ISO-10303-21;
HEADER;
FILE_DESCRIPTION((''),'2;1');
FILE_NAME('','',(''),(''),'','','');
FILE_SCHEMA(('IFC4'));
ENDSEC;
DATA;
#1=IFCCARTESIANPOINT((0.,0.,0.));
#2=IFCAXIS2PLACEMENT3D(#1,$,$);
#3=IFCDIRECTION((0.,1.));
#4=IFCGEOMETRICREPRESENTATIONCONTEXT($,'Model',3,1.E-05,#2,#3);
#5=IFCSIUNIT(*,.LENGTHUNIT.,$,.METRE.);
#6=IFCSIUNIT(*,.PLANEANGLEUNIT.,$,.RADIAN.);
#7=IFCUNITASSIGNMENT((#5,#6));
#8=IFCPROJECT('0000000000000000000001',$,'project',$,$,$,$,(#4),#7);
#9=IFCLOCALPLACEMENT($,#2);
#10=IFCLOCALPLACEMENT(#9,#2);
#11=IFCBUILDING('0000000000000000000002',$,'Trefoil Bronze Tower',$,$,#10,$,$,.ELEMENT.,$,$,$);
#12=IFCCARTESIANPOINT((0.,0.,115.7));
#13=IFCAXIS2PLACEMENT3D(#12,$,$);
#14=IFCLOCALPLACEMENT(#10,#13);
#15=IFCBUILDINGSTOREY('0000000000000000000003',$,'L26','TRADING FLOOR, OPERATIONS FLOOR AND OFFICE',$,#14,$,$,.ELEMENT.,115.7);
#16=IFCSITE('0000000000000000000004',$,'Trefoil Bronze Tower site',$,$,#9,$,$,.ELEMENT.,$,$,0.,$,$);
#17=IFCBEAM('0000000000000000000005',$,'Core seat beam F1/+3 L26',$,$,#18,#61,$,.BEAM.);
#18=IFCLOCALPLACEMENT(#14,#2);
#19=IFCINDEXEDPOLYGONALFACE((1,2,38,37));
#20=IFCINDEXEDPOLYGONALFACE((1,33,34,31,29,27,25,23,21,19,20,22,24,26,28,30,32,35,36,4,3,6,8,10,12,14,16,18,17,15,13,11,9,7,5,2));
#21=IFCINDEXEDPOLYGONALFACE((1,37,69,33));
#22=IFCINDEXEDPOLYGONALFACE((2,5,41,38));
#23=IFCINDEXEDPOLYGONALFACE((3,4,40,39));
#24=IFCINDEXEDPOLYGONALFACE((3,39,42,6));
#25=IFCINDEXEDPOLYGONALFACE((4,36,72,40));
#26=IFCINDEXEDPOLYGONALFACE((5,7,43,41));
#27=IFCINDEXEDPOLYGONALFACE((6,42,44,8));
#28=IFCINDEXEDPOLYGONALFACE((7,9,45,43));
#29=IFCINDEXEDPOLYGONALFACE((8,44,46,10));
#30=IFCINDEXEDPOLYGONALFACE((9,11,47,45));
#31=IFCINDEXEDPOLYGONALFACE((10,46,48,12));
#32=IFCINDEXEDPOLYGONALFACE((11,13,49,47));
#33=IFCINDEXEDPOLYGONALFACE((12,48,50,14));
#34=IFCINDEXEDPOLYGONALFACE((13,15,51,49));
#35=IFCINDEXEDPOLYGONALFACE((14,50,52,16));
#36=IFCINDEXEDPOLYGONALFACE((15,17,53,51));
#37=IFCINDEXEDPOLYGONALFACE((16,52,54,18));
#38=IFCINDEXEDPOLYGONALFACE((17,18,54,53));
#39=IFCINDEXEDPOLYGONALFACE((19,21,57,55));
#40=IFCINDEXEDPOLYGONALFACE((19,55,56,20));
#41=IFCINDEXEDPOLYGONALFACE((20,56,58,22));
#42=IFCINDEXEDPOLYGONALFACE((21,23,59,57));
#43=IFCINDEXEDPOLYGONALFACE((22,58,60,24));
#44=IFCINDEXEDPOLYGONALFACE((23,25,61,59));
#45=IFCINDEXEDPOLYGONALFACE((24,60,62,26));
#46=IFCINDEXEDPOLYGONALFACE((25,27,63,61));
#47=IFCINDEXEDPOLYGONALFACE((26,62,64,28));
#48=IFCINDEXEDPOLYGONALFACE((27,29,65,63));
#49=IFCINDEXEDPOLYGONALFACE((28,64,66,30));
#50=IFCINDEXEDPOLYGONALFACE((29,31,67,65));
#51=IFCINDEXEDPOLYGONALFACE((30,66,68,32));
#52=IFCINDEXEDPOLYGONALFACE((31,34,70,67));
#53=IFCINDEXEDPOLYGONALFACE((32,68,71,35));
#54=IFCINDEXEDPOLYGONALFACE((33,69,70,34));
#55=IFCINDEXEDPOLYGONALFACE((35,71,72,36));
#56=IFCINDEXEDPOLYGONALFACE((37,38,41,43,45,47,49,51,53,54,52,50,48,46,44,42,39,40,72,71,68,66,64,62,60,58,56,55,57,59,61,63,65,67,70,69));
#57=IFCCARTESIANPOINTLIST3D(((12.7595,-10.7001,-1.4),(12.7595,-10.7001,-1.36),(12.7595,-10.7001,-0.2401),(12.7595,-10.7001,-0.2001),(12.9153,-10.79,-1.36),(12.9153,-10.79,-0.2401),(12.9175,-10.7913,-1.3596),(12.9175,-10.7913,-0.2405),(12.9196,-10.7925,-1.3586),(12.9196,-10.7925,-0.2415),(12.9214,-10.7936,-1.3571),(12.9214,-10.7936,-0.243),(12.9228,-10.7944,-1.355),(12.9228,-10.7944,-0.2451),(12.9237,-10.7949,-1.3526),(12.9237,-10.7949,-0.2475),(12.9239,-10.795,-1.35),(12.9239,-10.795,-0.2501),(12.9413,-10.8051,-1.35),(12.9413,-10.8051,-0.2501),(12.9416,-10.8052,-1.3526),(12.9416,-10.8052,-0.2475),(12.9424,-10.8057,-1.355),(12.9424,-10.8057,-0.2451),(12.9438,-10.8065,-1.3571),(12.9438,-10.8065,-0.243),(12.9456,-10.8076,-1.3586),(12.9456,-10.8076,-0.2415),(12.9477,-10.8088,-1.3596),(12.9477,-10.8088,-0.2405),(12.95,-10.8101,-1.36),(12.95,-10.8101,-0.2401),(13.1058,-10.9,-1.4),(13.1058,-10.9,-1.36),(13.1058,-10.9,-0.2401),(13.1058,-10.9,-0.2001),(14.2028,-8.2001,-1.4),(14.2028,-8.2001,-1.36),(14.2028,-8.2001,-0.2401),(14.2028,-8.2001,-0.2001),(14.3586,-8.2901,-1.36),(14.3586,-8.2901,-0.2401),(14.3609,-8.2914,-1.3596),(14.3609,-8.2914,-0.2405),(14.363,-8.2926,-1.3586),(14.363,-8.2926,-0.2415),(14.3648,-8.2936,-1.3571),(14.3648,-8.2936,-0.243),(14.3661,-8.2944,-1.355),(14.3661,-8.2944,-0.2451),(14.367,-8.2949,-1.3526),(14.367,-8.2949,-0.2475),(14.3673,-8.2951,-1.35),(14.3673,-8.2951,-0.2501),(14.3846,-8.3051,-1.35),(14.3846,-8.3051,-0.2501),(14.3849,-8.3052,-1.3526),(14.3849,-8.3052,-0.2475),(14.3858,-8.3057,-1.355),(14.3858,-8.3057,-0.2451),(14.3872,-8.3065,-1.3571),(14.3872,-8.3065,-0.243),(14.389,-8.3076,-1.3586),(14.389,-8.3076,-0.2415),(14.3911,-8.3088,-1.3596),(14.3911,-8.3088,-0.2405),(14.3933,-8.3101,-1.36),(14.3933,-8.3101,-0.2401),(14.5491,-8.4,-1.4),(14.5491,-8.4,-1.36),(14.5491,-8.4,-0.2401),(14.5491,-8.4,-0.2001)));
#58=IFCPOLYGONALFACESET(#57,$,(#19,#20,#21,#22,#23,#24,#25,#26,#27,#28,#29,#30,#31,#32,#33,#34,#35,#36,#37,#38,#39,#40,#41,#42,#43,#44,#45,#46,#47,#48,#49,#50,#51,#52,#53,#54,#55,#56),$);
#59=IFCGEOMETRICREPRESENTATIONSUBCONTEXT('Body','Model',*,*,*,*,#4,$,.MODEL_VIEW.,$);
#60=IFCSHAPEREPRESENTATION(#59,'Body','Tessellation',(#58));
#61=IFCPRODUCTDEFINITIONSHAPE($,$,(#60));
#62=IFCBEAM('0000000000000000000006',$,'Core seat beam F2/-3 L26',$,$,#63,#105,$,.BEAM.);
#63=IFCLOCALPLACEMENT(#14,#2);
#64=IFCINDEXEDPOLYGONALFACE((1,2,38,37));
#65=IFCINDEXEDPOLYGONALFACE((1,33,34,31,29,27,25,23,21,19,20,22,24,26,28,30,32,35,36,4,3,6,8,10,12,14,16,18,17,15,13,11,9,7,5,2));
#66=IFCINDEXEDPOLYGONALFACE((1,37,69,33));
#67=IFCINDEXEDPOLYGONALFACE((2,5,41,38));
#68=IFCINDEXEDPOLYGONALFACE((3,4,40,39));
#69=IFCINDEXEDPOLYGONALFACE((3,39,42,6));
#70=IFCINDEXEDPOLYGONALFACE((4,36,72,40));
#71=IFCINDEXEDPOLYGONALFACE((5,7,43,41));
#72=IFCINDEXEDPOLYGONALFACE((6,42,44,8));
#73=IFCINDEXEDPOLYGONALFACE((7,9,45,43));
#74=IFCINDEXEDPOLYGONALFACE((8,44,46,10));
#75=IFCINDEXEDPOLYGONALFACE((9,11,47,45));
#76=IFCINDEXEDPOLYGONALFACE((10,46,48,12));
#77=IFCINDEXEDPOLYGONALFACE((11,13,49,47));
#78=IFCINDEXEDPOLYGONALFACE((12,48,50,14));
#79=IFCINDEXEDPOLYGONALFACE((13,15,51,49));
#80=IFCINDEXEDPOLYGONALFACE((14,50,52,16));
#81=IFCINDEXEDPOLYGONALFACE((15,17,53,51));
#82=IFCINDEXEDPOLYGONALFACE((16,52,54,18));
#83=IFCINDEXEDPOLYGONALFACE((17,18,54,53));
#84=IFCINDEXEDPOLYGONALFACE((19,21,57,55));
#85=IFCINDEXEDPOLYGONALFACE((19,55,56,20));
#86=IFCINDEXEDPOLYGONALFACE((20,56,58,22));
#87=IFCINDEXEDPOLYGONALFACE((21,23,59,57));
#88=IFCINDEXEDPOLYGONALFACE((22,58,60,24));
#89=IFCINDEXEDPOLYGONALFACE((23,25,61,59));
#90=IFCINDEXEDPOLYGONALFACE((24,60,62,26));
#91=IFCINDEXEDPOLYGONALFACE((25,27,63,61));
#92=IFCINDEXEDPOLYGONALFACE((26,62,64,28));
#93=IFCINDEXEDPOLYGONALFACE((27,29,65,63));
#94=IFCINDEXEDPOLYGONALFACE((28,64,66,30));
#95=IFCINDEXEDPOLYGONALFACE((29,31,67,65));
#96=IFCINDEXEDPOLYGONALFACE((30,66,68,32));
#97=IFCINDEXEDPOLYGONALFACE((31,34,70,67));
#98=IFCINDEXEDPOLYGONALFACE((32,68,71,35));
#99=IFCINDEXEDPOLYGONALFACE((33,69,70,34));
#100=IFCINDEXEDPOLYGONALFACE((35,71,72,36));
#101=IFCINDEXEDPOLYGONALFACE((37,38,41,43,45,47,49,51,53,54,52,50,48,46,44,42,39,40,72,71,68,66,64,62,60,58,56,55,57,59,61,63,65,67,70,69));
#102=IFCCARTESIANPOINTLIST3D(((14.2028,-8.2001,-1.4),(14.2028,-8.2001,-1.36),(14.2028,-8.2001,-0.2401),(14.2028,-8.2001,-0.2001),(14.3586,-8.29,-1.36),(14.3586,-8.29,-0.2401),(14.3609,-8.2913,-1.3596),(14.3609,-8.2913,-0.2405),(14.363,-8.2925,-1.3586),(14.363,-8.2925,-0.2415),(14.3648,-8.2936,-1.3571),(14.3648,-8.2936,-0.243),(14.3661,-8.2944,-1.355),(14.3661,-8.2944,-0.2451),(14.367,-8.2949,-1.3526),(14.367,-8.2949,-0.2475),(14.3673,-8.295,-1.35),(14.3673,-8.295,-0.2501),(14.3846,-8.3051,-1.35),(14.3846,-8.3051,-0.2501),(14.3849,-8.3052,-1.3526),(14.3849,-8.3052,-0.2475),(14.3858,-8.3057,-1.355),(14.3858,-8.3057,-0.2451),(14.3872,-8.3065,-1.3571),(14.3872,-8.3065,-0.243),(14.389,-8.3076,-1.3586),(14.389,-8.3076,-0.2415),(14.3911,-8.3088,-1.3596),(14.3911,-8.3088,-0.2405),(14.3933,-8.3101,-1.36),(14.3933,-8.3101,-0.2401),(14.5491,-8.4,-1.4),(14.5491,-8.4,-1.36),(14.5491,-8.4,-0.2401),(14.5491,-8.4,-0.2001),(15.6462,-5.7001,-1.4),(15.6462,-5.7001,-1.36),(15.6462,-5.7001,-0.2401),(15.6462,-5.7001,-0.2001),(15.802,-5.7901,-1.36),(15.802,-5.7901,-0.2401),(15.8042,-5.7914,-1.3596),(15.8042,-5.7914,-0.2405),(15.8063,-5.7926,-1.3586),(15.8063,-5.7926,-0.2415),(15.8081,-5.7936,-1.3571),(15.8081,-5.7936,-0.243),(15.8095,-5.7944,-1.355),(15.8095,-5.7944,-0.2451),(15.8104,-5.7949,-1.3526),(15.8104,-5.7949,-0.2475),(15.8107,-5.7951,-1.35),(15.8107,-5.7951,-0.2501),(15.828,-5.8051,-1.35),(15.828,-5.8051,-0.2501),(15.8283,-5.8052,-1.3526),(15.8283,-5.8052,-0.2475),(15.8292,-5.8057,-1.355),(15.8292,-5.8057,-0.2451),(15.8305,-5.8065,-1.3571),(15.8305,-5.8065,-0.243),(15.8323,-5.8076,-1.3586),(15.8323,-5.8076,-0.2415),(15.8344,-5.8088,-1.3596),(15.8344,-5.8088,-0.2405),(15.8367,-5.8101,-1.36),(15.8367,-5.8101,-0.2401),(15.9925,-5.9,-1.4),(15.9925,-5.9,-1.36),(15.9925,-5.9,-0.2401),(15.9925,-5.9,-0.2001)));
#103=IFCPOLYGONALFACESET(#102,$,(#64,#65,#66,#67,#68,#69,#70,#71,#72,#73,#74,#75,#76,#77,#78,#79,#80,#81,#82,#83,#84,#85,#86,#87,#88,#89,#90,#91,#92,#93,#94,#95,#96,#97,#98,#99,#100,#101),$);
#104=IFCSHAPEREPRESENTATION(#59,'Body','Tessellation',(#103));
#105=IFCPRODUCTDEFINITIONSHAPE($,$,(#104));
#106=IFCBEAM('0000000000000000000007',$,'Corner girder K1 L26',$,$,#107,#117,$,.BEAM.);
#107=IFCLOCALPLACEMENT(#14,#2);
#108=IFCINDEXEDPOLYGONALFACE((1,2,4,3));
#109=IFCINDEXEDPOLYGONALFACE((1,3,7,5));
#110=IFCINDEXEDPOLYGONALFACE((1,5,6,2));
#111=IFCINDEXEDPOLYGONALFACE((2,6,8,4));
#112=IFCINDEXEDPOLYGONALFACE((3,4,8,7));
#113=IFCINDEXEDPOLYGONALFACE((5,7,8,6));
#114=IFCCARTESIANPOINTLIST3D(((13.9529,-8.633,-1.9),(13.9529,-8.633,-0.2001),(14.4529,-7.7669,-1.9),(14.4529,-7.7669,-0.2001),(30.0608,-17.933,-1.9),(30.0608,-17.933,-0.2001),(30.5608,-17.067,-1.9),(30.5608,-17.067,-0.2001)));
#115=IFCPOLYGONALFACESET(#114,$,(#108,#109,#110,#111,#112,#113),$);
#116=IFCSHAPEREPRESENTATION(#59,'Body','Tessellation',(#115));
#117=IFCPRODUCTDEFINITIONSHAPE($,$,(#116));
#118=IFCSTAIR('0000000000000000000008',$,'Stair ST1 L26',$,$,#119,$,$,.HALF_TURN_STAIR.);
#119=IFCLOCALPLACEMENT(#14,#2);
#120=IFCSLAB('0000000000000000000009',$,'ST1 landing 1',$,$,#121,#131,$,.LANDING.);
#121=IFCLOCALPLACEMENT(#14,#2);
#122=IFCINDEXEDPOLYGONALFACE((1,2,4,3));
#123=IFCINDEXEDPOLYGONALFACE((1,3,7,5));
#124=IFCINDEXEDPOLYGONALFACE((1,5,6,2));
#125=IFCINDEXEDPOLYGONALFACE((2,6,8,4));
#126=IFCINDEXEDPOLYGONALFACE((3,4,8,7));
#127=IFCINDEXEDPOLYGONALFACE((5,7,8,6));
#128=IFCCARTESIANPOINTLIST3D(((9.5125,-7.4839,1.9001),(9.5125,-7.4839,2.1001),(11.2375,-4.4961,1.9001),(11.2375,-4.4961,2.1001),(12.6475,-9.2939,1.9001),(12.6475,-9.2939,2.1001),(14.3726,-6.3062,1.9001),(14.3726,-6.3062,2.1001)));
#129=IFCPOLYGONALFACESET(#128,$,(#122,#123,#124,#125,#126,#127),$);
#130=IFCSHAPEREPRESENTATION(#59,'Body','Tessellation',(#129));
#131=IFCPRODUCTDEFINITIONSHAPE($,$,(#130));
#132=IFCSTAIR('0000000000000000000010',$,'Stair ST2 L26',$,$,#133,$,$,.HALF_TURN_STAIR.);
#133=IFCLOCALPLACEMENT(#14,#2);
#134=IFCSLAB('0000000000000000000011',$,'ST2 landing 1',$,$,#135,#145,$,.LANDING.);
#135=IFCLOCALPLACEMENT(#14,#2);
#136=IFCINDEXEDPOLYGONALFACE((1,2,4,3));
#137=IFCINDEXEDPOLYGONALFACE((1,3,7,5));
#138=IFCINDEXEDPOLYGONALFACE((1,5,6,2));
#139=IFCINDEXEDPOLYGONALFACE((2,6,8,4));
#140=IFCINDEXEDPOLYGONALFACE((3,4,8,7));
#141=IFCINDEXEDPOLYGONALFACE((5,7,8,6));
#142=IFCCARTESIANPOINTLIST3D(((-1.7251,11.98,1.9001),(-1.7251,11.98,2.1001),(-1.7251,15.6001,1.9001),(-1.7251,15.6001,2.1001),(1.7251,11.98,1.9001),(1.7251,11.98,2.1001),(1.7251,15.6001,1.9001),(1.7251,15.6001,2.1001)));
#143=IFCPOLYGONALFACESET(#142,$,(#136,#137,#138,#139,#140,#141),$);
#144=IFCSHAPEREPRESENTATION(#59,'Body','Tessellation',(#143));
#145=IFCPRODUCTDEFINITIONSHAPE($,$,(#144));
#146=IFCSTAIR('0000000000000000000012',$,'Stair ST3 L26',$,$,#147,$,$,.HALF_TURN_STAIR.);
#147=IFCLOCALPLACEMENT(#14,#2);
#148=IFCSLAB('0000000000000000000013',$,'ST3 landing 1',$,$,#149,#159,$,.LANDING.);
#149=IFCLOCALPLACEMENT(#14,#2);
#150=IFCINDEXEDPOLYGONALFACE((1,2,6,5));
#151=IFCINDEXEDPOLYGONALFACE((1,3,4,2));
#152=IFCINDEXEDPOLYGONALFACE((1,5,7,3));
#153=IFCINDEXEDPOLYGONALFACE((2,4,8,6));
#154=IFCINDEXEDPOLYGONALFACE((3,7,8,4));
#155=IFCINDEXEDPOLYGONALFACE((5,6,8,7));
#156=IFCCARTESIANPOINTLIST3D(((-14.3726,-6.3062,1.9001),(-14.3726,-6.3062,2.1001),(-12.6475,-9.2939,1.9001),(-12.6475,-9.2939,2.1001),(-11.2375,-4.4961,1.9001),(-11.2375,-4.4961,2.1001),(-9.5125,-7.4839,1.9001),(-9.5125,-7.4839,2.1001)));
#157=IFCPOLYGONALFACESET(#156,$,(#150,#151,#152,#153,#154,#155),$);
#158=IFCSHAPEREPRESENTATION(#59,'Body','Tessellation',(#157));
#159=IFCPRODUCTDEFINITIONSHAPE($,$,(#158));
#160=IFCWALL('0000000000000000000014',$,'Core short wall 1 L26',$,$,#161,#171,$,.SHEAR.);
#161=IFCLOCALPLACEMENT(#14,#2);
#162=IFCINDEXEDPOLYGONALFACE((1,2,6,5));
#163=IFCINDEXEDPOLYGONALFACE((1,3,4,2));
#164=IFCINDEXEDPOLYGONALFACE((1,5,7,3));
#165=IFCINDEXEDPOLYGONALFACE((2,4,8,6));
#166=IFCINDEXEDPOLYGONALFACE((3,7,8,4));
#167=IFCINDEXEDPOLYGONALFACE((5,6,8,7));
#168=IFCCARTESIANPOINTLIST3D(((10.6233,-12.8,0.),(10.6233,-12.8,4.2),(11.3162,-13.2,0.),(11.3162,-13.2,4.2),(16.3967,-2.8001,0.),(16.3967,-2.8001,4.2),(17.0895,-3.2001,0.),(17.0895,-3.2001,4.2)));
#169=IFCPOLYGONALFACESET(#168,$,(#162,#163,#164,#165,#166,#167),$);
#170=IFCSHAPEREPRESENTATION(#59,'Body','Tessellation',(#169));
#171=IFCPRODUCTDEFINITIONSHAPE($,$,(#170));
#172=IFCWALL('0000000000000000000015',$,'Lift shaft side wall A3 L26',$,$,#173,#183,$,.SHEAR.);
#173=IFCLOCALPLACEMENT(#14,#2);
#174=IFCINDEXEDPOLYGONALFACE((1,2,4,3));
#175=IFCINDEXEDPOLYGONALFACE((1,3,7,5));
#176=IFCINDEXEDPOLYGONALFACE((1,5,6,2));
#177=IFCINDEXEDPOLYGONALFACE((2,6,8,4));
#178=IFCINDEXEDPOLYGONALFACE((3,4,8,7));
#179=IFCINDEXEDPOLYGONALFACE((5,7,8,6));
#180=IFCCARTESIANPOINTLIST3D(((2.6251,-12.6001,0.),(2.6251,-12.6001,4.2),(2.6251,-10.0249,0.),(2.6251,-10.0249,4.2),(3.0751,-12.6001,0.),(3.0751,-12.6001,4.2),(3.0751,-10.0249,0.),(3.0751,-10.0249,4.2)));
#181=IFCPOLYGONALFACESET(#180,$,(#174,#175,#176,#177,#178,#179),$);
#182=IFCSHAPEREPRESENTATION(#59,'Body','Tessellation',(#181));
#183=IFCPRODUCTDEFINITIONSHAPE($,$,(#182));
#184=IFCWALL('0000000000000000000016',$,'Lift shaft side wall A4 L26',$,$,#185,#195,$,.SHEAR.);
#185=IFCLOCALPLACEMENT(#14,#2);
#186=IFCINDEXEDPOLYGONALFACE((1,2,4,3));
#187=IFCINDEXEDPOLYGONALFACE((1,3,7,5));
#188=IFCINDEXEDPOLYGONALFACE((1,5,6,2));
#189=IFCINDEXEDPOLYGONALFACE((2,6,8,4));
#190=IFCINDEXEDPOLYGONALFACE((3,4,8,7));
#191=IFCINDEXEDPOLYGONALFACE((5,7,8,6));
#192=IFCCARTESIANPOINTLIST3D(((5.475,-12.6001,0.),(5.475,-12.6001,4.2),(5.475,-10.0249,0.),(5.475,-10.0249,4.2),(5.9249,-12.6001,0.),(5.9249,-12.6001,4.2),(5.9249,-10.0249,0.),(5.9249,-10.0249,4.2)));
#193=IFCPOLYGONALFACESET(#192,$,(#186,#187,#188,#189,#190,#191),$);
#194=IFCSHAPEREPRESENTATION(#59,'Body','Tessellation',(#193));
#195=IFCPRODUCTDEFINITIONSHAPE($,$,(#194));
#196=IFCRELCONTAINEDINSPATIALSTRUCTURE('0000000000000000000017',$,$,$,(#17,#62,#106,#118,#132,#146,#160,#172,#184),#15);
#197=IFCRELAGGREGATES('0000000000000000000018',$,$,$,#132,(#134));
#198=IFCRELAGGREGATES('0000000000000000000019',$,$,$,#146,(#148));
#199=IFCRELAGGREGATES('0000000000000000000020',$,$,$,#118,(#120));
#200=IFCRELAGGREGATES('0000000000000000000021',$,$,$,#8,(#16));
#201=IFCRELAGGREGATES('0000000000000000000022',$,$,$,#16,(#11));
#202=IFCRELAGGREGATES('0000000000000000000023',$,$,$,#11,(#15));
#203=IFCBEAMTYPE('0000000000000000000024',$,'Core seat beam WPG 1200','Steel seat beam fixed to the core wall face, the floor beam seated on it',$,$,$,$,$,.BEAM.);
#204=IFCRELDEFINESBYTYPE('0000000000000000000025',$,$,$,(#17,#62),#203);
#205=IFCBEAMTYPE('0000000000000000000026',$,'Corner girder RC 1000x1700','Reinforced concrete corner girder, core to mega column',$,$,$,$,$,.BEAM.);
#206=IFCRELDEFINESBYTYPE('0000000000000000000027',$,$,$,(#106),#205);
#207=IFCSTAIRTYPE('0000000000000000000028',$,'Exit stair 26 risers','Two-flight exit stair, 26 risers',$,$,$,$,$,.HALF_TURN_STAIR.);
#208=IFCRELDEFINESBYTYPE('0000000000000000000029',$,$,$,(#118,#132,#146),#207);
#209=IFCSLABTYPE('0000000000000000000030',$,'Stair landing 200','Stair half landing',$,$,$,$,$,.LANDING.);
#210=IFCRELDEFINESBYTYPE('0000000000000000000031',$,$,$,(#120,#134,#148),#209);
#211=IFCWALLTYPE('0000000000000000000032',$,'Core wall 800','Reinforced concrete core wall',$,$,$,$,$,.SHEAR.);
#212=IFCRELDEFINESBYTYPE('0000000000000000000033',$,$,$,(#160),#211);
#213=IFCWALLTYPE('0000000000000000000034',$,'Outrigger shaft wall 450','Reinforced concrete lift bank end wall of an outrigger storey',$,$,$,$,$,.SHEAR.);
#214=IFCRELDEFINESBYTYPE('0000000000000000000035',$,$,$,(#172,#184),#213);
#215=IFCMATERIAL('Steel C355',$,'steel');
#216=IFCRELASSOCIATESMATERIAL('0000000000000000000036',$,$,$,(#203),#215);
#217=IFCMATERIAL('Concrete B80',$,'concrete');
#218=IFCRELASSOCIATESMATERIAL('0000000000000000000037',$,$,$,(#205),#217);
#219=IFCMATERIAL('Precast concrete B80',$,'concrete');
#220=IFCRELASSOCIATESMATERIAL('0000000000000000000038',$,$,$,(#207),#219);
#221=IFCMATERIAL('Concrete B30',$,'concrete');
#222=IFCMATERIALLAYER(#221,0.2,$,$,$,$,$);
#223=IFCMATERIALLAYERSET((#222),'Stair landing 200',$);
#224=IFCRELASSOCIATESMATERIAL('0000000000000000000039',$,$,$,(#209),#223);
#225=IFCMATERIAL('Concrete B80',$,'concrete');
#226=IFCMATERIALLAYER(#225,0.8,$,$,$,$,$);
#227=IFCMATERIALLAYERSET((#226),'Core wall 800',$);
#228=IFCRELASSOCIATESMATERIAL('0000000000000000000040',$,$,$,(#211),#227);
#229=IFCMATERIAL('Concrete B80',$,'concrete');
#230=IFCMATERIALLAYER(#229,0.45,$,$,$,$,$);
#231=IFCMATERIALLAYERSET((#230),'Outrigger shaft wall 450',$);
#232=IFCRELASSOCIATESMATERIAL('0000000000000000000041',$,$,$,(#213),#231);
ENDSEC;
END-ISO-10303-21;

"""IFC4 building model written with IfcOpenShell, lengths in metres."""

from ifc_helpers import new_model, si_unit, direction, frame, frame_2d, origin, origin_2d, place, context, subcontext, project, spatial, polyline, rectangle, i_section, outline, extrude, material, layer, layer_set, material_profile, profile_set, type_object, element, aggregate, save


model = new_model("IFC4")

# Units and contexts
model_context = context("Model", 3, precision=1e-05, world=origin(), true_north=direction((0.0, 1.0)))
body_context = subcontext(model_context, "Body", "Model", "MODEL_VIEW")
ifc_project = project(units=[si_unit("LENGTHUNIT", "METRE"), si_unit("PLANEANGLEUNIT", "RADIAN")], contexts=[model_context])

# Site, building, storey
site_placement = place(None, origin())
site = spatial("IfcSite", under=ifc_project, at=site_placement, Name="Trefoil Bronze Tower site", CompositionType="ELEMENT", RefElevation=0.0)
building_placement = place(site_placement, origin())
building = spatial("IfcBuilding", under=site, at=building_placement, Name="Trefoil Bronze Tower", CompositionType="ELEMENT")
storey_placement = place(building_placement, frame((0.0, 0.0, 115.7)))
storey = spatial("IfcBuildingStorey", under=building, at=storey_placement, Name="L26", Description="TRADING FLOOR, OPERATIONS FLOOR AND OFFICE", CompositionType="ELEMENT", Elevation=115.7)

# Beams
ifc_material_1 = material(Name="Steel C355", Category="steel")
ifc_material_profile_1 = material_profile(ifc_material_1, i_section(OverallWidth=0.3999, OverallDepth=1.2, WebThickness=0.02, FlangeThickness=0.04, FilletRadius=0.01, at=origin_2d()), Name="WPG 1200")
ifc_profile_set_1 = profile_set([ifc_material_profile_1], Name="Steel C355")
beam_type_1 = type_object("IfcBeamType", Name="Core seat beam WPG 1200", Description="Steel seat beam fixed to the core wall face, the floor beam seated on it", PredefinedType="BEAM", material=ifc_profile_set_1)
for number, where, z_axis, x_axis, name in (
    (1, (12.9326, -10.8, -0.8), (0.499996, 0.866028, 0.0), (-0.866028, 0.499996, 0.0), "Core seat beam F1/+3 L26"),
    (2, (14.376, -8.3, -0.8), (0.499996, 0.866028, 0.0), (-0.866028, 0.499996, 0.0), "Core seat beam F2/-3 L26"),
):
    element("IfcBeam", number, at=place(storey_placement, frame(where, z_axis=z_axis, x_axis=x_axis)), inside=storey, type_object=beam_type_1, Name=name, PredefinedType="BEAM", context=body_context, shape_type="SweptSolid", body=[
        extrude(i_section(OverallWidth=0.3999, OverallDepth=1.2, WebThickness=0.02, FlangeThickness=0.04, FilletRadius=0.01, at=origin_2d()), origin(), (0.0, 0.0, 1.0), 2.8867),
    ])
ifc_material_2 = material(Name="Concrete B80", Category="concrete")
ifc_material_profile_2 = material_profile(ifc_material_2, rectangle(XDim=1.0, YDim=1.7, at=origin_2d()), Name="RC 1000x1700")
ifc_profile_set_2 = profile_set([ifc_material_profile_2], Name="Concrete B80")
beam_type_2 = type_object("IfcBeamType", Name="Corner girder RC 1000x1700", Description="Reinforced concrete corner girder, core to mega column", PredefinedType="BEAM", material=ifc_profile_set_2)
beam_placement = place(storey_placement, frame((14.2029, -8.2, -1.05), z_axis=(0.866022, -0.500006, 0.0), x_axis=(0.500006, 0.866022, 0.0)))
element("IfcBeam", 3, at=beam_placement, inside=storey, type_object=beam_type_2, Name="Corner girder K1 L26", PredefinedType="BEAM", context=body_context, shape_type="SweptSolid", body=[
    extrude(rectangle(XDim=1.0, YDim=1.7, at=origin_2d()), origin(), (0.0, 0.0, 1.0), 18.5999),
])

# Stairs, slabs
ifc_material_3 = material(Name="Precast concrete B80", Category="concrete")
stair_type = type_object("IfcStairType", Name="Exit stair 26 risers", Description="Two-flight exit stair, 26 risers", PredefinedType="HALF_TURN_STAIR", material=ifc_material_3)
stair_1_placement = place(storey_placement, origin())
stair_1 = element("IfcStair", 4, at=stair_1_placement, inside=storey, type_object=stair_type, Name="Stair ST1 L26", PredefinedType="HALF_TURN_STAIR")
ifc_material_4 = material(Name="Concrete B30", Category="concrete")
ifc_layer_1 = layer(ifc_material_4, 0.2)
ifc_layer_set_1 = layer_set([ifc_layer_1], Name="Stair landing 200")
slab_type = type_object("IfcSlabType", Name="Stair landing 200", Description="Stair half landing", PredefinedType="LANDING", material=ifc_layer_set_1)
slab_1_placement = place(storey_placement, frame((0.0, 0.0, 1.9001)))
slab_1 = element("IfcSlab", 5, at=slab_1_placement, type_object=slab_type, Name="ST1 landing 1", PredefinedType="LANDING", context=body_context, shape_type="SweptSolid", body=[
    extrude(outline(polyline([(9.5125, -7.4839), (12.6475, -9.2939), (14.3726, -6.3062), (11.2375, -4.4961), (9.5125, -7.4839)])), origin(), (0.0, 0.0, 1.0), 0.2),
])
stair_2_placement = place(storey_placement, origin())
stair_2 = element("IfcStair", 6, at=stair_2_placement, inside=storey, type_object=stair_type, Name="Stair ST2 L26", PredefinedType="HALF_TURN_STAIR")
slab_2_placement = place(storey_placement, frame((0.0, 0.0, 1.9001)))
slab_2 = element("IfcSlab", 7, at=slab_2_placement, type_object=slab_type, Name="ST2 landing 1", PredefinedType="LANDING", context=body_context, shape_type="SweptSolid", body=[
    extrude(outline(polyline([(1.7251, 11.98), (1.7251, 15.6001), (-1.7251, 15.6001), (-1.7251, 11.98), (1.7251, 11.98)])), origin(), (0.0, 0.0, 1.0), 0.2),
])
aggregate(stair_2, [slab_2])
stair_3_placement = place(storey_placement, origin())
stair_3 = element("IfcStair", 8, at=stair_3_placement, inside=storey, type_object=stair_type, Name="Stair ST3 L26", PredefinedType="HALF_TURN_STAIR")
slab_3_placement = place(storey_placement, frame((0.0, 0.0, 1.9001)))
slab_3 = element("IfcSlab", 9, at=slab_3_placement, type_object=slab_type, Name="ST3 landing 1", PredefinedType="LANDING", context=body_context, shape_type="SweptSolid", body=[
    extrude(outline(polyline([(-11.2375, -4.4961), (-14.3726, -6.3062), (-12.6475, -9.2939), (-9.5125, -7.4839), (-11.2375, -4.4961)])), origin(), (0.0, 0.0, 1.0), 0.2),
])
aggregate(stair_3, [slab_3])

# Walls
ifc_material_5 = material(Name="Concrete B80", Category="concrete")
ifc_layer_2 = layer(ifc_material_5, 0.8)
ifc_layer_set_2 = layer_set([ifc_layer_2], Name="Core wall 800")
wall_type_1 = type_object("IfcWallType", Name="Core wall 800", Description="Reinforced concrete core wall", PredefinedType="SHEAR", material=ifc_layer_set_2)
wall_1_placement = place(storey_placement, frame((10.9697, -13.0, 0.0), z_axis=(0.0, 0.0, 1.0), x_axis=(0.499996, 0.866028, 0.0)))
element("IfcWall", 10, at=wall_1_placement, inside=storey, type_object=wall_type_1, Name="Core short wall 1 L26", PredefinedType="SHEAR", context=body_context, shape_type="SweptSolid", body=[
    extrude(rectangle(XDim=11.5469, YDim=0.8, at=frame_2d((5.7734, 0.0))), origin(), (0.0, 0.0, 1.0), 4.2),
])
ifc_material_6 = material(Name="Concrete B80", Category="concrete")
ifc_layer_3 = layer(ifc_material_6, 0.45)
ifc_layer_set_3 = layer_set([ifc_layer_3], Name="Outrigger shaft wall 450")
wall_type_2 = type_object("IfcWallType", Name="Outrigger shaft wall 450", Description="Reinforced concrete lift bank end wall of an outrigger storey", PredefinedType="SHEAR", material=ifc_layer_set_3)
for number, where, z_axis, x_axis, name in (
    (11, (2.8501, -10.0249, 0.0), (0.0, 0.0, 1.0), (0.0, -1.0, 0.0), "Lift shaft side wall A3 L26"),
    (12, (5.7, -10.0249, 0.0), (0.0, 0.0, 1.0), (0.0, -1.0, 0.0), "Lift shaft side wall A4 L26"),
):
    element("IfcWall", number, at=place(storey_placement, frame(where, z_axis=z_axis, x_axis=x_axis)), inside=storey, type_object=wall_type_2, Name=name, PredefinedType="SHEAR", context=body_context, shape_type="SweptSolid", body=[
        extrude(rectangle(XDim=2.5752, YDim=0.45, at=frame_2d((1.2876, 0.0))), origin(), (0.0, 0.0, 1.0), 4.2),
    ])

aggregate(stair_1, [slab_1])

save(model, "model.ifc")
